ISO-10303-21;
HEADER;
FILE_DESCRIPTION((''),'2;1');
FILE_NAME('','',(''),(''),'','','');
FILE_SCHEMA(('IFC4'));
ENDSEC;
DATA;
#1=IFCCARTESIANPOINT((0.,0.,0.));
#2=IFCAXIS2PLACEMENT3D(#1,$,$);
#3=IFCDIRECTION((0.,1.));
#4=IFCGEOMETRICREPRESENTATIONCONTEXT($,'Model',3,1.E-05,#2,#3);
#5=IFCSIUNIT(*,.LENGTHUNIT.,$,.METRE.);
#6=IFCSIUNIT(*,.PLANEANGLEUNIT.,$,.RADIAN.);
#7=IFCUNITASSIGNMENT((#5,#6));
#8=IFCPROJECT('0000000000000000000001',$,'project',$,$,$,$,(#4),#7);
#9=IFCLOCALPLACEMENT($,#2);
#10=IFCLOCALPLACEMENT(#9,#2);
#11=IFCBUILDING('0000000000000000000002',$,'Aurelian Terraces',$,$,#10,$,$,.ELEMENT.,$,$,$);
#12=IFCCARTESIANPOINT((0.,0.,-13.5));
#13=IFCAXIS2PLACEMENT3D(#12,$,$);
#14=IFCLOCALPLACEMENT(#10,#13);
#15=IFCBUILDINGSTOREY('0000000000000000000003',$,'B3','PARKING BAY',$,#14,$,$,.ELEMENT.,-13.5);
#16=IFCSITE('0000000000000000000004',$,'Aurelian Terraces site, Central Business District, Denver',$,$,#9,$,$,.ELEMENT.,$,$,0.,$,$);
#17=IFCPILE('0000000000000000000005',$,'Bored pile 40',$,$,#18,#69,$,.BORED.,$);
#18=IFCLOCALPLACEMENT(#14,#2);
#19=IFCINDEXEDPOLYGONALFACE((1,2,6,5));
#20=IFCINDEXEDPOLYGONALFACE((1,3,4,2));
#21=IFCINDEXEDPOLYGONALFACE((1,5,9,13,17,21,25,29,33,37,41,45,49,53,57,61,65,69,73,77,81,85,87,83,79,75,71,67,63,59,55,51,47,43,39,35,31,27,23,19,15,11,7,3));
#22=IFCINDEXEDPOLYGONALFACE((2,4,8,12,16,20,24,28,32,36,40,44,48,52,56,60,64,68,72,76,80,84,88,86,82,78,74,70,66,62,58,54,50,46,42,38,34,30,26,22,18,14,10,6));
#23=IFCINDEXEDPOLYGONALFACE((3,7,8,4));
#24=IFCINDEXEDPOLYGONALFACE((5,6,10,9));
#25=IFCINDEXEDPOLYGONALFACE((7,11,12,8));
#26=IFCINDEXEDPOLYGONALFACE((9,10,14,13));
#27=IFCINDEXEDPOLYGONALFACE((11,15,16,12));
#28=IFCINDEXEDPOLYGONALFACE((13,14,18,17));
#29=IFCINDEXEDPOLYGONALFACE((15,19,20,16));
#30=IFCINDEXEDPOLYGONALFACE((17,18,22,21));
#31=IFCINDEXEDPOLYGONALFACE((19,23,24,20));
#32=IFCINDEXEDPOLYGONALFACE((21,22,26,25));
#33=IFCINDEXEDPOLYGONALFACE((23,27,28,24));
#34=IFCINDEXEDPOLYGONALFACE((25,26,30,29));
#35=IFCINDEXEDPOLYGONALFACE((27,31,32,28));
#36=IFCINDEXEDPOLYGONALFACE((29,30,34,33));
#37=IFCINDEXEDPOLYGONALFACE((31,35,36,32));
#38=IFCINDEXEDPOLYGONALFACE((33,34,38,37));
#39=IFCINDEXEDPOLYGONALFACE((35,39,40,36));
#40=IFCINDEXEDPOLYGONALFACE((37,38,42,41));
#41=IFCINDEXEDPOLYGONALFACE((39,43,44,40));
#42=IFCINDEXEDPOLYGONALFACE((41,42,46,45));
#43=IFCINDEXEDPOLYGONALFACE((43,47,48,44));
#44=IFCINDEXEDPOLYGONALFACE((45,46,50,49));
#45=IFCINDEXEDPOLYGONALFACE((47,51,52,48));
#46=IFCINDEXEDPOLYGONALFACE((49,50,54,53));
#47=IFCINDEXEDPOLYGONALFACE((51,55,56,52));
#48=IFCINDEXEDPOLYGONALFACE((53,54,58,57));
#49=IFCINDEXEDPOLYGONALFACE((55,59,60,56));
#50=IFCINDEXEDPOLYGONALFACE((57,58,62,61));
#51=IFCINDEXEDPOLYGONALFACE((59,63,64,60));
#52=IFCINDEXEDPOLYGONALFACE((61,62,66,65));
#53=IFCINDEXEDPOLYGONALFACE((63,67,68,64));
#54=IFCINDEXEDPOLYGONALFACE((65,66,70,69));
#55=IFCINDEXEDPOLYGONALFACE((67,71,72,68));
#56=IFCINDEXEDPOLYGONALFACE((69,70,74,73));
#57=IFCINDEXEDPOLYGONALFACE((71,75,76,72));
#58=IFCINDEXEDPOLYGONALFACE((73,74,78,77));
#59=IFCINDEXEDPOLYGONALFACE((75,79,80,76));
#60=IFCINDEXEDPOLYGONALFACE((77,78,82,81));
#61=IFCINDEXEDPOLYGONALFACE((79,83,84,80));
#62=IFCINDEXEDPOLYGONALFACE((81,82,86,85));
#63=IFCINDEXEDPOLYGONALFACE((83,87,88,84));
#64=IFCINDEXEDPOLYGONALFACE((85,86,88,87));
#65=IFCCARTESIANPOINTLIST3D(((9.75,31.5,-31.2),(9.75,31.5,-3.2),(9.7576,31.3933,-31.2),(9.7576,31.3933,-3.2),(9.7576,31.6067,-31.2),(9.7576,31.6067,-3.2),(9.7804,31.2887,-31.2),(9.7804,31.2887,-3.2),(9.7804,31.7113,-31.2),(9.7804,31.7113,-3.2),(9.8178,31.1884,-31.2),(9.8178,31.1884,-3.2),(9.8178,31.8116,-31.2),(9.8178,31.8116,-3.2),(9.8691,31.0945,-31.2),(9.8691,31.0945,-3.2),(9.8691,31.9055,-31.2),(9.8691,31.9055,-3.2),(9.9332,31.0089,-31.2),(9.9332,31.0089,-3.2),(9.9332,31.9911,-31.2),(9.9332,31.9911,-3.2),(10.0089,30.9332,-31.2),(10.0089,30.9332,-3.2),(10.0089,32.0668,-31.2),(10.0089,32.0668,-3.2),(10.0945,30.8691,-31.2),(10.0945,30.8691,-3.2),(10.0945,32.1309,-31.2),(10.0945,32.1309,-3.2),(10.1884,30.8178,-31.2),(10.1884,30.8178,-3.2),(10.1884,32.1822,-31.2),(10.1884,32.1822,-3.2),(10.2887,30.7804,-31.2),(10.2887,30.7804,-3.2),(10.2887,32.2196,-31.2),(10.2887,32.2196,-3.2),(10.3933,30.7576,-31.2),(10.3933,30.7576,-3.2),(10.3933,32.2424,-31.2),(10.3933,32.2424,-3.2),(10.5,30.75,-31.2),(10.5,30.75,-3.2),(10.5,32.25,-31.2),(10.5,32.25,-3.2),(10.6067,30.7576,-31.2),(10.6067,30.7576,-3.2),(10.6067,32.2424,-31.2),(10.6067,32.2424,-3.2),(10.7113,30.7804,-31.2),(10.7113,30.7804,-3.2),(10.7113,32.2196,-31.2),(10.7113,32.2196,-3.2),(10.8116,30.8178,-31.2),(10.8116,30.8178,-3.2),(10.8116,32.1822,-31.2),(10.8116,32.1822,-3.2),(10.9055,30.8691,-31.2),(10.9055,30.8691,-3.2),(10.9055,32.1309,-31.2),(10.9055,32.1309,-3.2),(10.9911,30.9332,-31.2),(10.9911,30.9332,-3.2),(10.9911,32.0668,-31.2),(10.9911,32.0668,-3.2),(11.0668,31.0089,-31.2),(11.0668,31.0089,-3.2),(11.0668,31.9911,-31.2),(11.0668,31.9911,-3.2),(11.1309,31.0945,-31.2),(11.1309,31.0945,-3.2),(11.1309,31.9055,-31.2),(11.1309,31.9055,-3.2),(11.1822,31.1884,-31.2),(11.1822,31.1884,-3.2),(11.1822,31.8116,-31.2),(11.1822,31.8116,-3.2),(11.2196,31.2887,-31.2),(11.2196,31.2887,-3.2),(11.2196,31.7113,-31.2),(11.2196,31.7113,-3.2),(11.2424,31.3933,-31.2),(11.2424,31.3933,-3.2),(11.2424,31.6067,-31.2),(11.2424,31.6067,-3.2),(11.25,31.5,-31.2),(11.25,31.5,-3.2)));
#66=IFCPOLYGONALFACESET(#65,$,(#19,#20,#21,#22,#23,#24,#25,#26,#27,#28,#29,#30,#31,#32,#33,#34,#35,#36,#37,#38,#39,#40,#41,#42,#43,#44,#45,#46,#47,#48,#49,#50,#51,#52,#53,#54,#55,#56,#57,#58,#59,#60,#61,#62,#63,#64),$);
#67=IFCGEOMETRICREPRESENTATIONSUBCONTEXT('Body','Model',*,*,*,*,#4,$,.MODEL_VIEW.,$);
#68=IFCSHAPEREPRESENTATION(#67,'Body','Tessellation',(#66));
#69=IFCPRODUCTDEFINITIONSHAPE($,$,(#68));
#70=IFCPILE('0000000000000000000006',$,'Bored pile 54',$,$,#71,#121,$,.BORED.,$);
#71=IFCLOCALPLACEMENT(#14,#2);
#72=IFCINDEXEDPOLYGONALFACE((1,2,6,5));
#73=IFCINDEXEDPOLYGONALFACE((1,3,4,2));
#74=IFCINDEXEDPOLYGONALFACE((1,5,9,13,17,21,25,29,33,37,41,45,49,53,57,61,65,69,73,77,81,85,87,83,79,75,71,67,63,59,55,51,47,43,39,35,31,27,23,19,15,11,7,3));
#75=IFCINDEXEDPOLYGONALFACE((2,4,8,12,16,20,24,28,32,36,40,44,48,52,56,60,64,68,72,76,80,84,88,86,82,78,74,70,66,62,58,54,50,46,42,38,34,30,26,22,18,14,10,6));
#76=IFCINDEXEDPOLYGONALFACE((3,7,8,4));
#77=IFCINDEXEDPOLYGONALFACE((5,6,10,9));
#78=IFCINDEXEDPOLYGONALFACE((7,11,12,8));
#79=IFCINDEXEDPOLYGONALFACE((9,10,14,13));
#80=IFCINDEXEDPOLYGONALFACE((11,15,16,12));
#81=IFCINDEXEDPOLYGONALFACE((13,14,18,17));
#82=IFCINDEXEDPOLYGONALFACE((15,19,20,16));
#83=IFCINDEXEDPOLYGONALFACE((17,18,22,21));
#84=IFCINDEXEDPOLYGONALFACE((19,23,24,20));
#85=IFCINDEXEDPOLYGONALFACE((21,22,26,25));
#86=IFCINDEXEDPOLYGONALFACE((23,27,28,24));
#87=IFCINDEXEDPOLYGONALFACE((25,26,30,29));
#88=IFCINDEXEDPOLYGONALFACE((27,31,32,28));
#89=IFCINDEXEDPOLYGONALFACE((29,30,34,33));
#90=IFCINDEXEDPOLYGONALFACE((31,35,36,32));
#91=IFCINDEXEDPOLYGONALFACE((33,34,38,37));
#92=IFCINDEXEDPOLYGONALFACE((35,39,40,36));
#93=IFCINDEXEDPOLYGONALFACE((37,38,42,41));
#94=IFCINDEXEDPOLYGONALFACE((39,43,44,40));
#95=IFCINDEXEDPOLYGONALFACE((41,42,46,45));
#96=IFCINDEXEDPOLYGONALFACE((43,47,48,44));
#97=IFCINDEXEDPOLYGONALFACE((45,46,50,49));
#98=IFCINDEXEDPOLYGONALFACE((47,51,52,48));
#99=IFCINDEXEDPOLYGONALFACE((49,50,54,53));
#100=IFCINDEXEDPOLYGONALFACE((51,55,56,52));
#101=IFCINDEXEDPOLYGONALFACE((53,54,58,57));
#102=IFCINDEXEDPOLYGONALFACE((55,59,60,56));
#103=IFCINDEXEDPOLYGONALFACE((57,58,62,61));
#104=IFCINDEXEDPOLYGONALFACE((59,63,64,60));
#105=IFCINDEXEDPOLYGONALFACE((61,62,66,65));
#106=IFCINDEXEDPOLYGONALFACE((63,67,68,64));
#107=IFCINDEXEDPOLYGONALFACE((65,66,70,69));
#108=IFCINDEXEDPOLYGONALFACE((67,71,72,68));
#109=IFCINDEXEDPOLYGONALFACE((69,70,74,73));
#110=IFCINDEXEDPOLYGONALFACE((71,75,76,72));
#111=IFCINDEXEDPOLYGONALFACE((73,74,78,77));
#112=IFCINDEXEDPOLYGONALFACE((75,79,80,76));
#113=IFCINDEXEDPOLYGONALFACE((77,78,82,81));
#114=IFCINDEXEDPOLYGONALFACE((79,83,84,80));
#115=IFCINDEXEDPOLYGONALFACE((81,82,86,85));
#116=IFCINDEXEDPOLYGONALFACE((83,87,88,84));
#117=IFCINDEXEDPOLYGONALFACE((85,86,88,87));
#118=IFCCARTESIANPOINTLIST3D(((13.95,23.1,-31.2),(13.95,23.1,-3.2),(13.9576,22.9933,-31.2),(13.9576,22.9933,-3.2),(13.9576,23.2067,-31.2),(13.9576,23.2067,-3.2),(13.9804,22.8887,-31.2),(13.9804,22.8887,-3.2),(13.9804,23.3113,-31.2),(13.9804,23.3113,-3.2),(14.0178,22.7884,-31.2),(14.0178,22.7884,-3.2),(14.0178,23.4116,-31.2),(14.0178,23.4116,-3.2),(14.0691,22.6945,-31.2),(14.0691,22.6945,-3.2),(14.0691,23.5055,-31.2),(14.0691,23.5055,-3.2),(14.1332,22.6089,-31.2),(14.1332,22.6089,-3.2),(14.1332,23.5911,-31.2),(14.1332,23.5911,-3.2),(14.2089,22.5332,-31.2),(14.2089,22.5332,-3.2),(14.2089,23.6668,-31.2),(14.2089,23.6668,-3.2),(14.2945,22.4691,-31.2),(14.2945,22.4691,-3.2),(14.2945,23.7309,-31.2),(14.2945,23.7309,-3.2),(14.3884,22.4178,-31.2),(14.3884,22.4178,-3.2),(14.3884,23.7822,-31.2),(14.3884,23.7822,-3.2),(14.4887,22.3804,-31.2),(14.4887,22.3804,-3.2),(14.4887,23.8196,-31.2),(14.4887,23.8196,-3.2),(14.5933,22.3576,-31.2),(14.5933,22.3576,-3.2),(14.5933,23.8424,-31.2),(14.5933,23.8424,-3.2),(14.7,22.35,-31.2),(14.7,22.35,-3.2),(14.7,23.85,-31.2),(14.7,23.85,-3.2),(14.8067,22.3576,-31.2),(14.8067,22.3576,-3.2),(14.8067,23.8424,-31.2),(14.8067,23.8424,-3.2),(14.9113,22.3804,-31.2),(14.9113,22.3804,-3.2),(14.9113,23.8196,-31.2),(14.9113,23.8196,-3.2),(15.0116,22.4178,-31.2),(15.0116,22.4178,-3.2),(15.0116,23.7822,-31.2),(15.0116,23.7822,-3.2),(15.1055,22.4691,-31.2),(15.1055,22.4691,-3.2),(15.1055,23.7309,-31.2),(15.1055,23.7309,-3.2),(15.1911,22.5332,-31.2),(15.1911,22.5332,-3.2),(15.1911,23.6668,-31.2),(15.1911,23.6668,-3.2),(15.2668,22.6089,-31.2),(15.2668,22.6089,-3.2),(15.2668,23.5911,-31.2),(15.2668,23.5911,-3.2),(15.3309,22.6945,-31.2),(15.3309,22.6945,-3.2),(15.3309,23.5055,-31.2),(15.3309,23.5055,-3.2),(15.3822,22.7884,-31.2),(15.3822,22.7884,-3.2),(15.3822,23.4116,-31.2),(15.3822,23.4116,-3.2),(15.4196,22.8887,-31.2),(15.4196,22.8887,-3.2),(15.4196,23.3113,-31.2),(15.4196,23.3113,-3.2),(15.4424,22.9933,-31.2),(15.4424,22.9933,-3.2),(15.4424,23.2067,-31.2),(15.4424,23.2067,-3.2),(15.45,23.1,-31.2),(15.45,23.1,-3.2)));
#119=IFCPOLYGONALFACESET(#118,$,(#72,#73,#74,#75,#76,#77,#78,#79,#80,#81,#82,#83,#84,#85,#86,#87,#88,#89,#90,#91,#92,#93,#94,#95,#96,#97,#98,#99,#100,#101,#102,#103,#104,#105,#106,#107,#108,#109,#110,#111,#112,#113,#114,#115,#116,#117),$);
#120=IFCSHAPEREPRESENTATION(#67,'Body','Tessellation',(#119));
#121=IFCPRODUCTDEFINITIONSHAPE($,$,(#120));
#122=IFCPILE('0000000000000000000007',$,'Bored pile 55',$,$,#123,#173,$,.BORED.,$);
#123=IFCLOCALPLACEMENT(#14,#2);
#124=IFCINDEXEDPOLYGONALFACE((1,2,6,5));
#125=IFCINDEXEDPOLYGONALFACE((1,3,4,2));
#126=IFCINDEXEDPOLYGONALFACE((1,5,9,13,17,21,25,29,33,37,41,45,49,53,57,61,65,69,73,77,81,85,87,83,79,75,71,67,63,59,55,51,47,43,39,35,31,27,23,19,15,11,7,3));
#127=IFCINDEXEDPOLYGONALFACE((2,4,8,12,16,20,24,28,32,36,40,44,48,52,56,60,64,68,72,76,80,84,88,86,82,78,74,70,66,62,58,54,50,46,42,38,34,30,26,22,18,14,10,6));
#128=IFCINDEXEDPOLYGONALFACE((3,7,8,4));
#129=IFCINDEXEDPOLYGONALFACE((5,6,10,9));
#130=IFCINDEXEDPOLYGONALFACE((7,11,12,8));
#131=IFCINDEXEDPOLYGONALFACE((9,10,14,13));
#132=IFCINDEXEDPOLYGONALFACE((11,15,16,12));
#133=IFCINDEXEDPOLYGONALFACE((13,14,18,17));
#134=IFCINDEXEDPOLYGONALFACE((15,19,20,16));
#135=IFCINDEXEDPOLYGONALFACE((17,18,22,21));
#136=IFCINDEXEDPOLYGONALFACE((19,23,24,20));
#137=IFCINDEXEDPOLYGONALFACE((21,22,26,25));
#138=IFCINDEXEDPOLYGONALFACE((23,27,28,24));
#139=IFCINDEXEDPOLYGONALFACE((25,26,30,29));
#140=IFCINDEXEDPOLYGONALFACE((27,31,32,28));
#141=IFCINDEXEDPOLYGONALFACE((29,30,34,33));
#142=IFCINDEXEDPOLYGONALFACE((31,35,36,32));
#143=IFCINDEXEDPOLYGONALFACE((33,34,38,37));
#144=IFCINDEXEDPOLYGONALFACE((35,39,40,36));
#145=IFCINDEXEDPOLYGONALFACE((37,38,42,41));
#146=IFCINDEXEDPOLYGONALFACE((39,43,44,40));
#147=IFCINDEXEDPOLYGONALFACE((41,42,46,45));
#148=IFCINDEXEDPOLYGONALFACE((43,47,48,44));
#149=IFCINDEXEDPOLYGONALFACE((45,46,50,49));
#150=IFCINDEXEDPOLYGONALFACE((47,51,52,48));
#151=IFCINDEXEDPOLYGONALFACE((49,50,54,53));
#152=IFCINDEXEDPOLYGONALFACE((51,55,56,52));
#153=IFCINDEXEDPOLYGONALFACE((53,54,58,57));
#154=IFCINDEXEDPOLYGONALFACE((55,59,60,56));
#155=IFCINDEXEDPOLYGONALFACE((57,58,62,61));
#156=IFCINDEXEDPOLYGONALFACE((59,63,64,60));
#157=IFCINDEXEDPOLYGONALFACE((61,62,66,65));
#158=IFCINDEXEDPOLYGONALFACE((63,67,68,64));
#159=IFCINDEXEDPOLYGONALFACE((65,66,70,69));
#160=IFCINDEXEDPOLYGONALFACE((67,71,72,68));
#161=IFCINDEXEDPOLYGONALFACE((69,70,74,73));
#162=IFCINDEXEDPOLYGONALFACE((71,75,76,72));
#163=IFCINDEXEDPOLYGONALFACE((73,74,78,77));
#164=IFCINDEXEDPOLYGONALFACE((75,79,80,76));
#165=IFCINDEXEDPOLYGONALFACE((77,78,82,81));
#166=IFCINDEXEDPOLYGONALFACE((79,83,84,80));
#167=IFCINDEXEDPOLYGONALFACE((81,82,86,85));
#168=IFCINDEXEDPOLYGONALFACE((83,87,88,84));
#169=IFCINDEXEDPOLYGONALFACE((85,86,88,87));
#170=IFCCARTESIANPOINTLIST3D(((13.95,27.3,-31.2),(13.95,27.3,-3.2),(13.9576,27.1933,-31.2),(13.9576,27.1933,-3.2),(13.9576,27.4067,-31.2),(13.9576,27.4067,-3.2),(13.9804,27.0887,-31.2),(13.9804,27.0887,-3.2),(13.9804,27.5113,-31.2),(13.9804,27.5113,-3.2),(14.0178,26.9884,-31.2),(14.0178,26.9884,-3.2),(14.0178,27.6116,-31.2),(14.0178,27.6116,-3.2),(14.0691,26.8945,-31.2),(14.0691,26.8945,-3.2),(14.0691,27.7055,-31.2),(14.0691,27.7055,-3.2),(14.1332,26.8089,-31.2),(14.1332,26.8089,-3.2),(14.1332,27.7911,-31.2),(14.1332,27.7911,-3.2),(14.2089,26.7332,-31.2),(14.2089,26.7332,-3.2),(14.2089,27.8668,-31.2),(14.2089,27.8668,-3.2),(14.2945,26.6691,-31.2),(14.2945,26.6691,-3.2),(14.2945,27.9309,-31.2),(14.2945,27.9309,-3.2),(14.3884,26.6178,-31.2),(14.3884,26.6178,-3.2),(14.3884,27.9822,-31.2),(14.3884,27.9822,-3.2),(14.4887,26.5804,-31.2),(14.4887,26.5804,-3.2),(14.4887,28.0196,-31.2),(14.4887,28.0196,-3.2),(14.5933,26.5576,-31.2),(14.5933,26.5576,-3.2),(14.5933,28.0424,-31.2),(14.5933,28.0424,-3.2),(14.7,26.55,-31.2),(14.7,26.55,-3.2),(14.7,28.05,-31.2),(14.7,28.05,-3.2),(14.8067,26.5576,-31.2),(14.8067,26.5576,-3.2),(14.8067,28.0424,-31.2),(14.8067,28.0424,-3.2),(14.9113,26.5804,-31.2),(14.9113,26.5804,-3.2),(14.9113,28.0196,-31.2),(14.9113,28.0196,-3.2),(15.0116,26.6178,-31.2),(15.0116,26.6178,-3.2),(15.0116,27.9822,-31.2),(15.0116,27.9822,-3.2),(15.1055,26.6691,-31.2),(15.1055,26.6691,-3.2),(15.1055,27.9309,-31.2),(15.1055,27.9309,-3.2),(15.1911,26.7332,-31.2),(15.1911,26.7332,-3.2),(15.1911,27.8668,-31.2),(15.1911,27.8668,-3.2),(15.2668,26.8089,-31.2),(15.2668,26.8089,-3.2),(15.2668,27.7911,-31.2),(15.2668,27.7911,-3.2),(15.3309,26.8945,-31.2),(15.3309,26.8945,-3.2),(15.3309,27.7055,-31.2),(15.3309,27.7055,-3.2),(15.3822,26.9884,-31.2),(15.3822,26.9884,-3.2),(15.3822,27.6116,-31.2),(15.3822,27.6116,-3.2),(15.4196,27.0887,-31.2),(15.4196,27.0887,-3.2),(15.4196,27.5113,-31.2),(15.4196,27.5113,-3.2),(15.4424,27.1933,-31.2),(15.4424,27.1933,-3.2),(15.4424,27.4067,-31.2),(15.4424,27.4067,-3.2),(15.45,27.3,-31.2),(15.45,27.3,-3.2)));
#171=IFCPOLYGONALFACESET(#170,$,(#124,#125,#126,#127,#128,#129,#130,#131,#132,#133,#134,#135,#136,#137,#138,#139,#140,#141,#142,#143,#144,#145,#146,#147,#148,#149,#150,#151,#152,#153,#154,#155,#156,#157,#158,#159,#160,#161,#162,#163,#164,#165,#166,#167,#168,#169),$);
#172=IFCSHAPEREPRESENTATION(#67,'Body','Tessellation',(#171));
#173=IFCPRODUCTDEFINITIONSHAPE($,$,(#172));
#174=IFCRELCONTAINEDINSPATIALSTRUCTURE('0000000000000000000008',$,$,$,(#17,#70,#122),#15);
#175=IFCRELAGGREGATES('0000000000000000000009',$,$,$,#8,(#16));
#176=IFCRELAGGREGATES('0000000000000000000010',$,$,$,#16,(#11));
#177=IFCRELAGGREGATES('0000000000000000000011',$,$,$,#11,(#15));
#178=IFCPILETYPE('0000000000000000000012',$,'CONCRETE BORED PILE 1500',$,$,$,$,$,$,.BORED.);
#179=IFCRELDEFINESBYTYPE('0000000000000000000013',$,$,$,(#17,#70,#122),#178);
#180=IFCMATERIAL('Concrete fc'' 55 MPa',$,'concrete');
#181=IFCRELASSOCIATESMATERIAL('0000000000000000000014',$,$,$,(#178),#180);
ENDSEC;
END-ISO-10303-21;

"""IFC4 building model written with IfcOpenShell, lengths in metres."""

from ifc_helpers import new_model, si_unit, direction, frame, origin, origin_2d, place, context, subcontext, project, spatial, circle, extrude, source, transform, mapped, material, material_profile, profile_set, type_object, element, save


model = new_model("IFC4")

# Units and contexts
model_context = context("Model", 3, precision=1e-05, world=origin(), true_north=direction((0.0, 1.0)))
body_context = subcontext(model_context, "Body", "Model", "MODEL_VIEW")
ifc_project = project(units=[si_unit("LENGTHUNIT", "METRE"), si_unit("PLANEANGLEUNIT", "RADIAN")], contexts=[model_context])

# Site, building, storey
site_placement = place(None, origin())
site = spatial("IfcSite", under=ifc_project, at=site_placement, Name="Aurelian Terraces site, Central Business District, Denver", CompositionType="ELEMENT", RefElevation=0.0)
building_placement = place(site_placement, origin())
building = spatial("IfcBuilding", under=site, at=building_placement, Name="Aurelian Terraces", CompositionType="ELEMENT")
storey_placement = place(building_placement, frame((0.0, 0.0, -13.5)))
storey = spatial("IfcBuildingStorey", under=building, at=storey_placement, Name="B3", Description="PARKING BAY", CompositionType="ELEMENT", Elevation=-13.5)

# Piles
ifc_material_1 = material(Name="Concrete fc' 55 MPa", Category="concrete")
ifc_material_profile_1 = material_profile(ifc_material_1, circle(Radius=0.75, at=origin_2d()))
ifc_profile_set_1 = profile_set([ifc_material_profile_1], Name="Concrete fc' 55 MPa")
pile_type = type_object("IfcPileType", Name="CONCRETE BORED PILE 1500", PredefinedType="BORED", material=ifc_profile_set_1)
shared_shape_1 = source(origin(), body_context, "Body", "SweptSolid", [
    extrude(circle(Radius=0.75, at=origin_2d()), origin(), (0.0, 0.0, 1.0), 28.0),
])
for number, where, z_axis, x_axis, name in (
    (1, (10.5, 31.5, -3.2), (0.0, 0.0, -1.0), (1.0, 0.0, 0.0), "Bored pile 40"),
    (2, (14.7, 23.1, -3.2), (0.0, 0.0, -1.0), (1.0, 0.0, 0.0), "Bored pile 54"),
    (3, (14.7, 27.3, -3.2), (0.0, 0.0, -1.0), (1.0, 0.0, 0.0), "Bored pile 55"),
):
    element("IfcPile", number, at=place(storey_placement, frame(where, z_axis=z_axis, x_axis=x_axis)), inside=storey, type_object=pile_type, Name=name, PredefinedType="BORED", context=body_context, shape_type="MappedRepresentation", body=[
        mapped(shared_shape_1, transform((0.0, 0.0, 0.0), scale=1.0)),
    ])

save(model, "model.ifc")
